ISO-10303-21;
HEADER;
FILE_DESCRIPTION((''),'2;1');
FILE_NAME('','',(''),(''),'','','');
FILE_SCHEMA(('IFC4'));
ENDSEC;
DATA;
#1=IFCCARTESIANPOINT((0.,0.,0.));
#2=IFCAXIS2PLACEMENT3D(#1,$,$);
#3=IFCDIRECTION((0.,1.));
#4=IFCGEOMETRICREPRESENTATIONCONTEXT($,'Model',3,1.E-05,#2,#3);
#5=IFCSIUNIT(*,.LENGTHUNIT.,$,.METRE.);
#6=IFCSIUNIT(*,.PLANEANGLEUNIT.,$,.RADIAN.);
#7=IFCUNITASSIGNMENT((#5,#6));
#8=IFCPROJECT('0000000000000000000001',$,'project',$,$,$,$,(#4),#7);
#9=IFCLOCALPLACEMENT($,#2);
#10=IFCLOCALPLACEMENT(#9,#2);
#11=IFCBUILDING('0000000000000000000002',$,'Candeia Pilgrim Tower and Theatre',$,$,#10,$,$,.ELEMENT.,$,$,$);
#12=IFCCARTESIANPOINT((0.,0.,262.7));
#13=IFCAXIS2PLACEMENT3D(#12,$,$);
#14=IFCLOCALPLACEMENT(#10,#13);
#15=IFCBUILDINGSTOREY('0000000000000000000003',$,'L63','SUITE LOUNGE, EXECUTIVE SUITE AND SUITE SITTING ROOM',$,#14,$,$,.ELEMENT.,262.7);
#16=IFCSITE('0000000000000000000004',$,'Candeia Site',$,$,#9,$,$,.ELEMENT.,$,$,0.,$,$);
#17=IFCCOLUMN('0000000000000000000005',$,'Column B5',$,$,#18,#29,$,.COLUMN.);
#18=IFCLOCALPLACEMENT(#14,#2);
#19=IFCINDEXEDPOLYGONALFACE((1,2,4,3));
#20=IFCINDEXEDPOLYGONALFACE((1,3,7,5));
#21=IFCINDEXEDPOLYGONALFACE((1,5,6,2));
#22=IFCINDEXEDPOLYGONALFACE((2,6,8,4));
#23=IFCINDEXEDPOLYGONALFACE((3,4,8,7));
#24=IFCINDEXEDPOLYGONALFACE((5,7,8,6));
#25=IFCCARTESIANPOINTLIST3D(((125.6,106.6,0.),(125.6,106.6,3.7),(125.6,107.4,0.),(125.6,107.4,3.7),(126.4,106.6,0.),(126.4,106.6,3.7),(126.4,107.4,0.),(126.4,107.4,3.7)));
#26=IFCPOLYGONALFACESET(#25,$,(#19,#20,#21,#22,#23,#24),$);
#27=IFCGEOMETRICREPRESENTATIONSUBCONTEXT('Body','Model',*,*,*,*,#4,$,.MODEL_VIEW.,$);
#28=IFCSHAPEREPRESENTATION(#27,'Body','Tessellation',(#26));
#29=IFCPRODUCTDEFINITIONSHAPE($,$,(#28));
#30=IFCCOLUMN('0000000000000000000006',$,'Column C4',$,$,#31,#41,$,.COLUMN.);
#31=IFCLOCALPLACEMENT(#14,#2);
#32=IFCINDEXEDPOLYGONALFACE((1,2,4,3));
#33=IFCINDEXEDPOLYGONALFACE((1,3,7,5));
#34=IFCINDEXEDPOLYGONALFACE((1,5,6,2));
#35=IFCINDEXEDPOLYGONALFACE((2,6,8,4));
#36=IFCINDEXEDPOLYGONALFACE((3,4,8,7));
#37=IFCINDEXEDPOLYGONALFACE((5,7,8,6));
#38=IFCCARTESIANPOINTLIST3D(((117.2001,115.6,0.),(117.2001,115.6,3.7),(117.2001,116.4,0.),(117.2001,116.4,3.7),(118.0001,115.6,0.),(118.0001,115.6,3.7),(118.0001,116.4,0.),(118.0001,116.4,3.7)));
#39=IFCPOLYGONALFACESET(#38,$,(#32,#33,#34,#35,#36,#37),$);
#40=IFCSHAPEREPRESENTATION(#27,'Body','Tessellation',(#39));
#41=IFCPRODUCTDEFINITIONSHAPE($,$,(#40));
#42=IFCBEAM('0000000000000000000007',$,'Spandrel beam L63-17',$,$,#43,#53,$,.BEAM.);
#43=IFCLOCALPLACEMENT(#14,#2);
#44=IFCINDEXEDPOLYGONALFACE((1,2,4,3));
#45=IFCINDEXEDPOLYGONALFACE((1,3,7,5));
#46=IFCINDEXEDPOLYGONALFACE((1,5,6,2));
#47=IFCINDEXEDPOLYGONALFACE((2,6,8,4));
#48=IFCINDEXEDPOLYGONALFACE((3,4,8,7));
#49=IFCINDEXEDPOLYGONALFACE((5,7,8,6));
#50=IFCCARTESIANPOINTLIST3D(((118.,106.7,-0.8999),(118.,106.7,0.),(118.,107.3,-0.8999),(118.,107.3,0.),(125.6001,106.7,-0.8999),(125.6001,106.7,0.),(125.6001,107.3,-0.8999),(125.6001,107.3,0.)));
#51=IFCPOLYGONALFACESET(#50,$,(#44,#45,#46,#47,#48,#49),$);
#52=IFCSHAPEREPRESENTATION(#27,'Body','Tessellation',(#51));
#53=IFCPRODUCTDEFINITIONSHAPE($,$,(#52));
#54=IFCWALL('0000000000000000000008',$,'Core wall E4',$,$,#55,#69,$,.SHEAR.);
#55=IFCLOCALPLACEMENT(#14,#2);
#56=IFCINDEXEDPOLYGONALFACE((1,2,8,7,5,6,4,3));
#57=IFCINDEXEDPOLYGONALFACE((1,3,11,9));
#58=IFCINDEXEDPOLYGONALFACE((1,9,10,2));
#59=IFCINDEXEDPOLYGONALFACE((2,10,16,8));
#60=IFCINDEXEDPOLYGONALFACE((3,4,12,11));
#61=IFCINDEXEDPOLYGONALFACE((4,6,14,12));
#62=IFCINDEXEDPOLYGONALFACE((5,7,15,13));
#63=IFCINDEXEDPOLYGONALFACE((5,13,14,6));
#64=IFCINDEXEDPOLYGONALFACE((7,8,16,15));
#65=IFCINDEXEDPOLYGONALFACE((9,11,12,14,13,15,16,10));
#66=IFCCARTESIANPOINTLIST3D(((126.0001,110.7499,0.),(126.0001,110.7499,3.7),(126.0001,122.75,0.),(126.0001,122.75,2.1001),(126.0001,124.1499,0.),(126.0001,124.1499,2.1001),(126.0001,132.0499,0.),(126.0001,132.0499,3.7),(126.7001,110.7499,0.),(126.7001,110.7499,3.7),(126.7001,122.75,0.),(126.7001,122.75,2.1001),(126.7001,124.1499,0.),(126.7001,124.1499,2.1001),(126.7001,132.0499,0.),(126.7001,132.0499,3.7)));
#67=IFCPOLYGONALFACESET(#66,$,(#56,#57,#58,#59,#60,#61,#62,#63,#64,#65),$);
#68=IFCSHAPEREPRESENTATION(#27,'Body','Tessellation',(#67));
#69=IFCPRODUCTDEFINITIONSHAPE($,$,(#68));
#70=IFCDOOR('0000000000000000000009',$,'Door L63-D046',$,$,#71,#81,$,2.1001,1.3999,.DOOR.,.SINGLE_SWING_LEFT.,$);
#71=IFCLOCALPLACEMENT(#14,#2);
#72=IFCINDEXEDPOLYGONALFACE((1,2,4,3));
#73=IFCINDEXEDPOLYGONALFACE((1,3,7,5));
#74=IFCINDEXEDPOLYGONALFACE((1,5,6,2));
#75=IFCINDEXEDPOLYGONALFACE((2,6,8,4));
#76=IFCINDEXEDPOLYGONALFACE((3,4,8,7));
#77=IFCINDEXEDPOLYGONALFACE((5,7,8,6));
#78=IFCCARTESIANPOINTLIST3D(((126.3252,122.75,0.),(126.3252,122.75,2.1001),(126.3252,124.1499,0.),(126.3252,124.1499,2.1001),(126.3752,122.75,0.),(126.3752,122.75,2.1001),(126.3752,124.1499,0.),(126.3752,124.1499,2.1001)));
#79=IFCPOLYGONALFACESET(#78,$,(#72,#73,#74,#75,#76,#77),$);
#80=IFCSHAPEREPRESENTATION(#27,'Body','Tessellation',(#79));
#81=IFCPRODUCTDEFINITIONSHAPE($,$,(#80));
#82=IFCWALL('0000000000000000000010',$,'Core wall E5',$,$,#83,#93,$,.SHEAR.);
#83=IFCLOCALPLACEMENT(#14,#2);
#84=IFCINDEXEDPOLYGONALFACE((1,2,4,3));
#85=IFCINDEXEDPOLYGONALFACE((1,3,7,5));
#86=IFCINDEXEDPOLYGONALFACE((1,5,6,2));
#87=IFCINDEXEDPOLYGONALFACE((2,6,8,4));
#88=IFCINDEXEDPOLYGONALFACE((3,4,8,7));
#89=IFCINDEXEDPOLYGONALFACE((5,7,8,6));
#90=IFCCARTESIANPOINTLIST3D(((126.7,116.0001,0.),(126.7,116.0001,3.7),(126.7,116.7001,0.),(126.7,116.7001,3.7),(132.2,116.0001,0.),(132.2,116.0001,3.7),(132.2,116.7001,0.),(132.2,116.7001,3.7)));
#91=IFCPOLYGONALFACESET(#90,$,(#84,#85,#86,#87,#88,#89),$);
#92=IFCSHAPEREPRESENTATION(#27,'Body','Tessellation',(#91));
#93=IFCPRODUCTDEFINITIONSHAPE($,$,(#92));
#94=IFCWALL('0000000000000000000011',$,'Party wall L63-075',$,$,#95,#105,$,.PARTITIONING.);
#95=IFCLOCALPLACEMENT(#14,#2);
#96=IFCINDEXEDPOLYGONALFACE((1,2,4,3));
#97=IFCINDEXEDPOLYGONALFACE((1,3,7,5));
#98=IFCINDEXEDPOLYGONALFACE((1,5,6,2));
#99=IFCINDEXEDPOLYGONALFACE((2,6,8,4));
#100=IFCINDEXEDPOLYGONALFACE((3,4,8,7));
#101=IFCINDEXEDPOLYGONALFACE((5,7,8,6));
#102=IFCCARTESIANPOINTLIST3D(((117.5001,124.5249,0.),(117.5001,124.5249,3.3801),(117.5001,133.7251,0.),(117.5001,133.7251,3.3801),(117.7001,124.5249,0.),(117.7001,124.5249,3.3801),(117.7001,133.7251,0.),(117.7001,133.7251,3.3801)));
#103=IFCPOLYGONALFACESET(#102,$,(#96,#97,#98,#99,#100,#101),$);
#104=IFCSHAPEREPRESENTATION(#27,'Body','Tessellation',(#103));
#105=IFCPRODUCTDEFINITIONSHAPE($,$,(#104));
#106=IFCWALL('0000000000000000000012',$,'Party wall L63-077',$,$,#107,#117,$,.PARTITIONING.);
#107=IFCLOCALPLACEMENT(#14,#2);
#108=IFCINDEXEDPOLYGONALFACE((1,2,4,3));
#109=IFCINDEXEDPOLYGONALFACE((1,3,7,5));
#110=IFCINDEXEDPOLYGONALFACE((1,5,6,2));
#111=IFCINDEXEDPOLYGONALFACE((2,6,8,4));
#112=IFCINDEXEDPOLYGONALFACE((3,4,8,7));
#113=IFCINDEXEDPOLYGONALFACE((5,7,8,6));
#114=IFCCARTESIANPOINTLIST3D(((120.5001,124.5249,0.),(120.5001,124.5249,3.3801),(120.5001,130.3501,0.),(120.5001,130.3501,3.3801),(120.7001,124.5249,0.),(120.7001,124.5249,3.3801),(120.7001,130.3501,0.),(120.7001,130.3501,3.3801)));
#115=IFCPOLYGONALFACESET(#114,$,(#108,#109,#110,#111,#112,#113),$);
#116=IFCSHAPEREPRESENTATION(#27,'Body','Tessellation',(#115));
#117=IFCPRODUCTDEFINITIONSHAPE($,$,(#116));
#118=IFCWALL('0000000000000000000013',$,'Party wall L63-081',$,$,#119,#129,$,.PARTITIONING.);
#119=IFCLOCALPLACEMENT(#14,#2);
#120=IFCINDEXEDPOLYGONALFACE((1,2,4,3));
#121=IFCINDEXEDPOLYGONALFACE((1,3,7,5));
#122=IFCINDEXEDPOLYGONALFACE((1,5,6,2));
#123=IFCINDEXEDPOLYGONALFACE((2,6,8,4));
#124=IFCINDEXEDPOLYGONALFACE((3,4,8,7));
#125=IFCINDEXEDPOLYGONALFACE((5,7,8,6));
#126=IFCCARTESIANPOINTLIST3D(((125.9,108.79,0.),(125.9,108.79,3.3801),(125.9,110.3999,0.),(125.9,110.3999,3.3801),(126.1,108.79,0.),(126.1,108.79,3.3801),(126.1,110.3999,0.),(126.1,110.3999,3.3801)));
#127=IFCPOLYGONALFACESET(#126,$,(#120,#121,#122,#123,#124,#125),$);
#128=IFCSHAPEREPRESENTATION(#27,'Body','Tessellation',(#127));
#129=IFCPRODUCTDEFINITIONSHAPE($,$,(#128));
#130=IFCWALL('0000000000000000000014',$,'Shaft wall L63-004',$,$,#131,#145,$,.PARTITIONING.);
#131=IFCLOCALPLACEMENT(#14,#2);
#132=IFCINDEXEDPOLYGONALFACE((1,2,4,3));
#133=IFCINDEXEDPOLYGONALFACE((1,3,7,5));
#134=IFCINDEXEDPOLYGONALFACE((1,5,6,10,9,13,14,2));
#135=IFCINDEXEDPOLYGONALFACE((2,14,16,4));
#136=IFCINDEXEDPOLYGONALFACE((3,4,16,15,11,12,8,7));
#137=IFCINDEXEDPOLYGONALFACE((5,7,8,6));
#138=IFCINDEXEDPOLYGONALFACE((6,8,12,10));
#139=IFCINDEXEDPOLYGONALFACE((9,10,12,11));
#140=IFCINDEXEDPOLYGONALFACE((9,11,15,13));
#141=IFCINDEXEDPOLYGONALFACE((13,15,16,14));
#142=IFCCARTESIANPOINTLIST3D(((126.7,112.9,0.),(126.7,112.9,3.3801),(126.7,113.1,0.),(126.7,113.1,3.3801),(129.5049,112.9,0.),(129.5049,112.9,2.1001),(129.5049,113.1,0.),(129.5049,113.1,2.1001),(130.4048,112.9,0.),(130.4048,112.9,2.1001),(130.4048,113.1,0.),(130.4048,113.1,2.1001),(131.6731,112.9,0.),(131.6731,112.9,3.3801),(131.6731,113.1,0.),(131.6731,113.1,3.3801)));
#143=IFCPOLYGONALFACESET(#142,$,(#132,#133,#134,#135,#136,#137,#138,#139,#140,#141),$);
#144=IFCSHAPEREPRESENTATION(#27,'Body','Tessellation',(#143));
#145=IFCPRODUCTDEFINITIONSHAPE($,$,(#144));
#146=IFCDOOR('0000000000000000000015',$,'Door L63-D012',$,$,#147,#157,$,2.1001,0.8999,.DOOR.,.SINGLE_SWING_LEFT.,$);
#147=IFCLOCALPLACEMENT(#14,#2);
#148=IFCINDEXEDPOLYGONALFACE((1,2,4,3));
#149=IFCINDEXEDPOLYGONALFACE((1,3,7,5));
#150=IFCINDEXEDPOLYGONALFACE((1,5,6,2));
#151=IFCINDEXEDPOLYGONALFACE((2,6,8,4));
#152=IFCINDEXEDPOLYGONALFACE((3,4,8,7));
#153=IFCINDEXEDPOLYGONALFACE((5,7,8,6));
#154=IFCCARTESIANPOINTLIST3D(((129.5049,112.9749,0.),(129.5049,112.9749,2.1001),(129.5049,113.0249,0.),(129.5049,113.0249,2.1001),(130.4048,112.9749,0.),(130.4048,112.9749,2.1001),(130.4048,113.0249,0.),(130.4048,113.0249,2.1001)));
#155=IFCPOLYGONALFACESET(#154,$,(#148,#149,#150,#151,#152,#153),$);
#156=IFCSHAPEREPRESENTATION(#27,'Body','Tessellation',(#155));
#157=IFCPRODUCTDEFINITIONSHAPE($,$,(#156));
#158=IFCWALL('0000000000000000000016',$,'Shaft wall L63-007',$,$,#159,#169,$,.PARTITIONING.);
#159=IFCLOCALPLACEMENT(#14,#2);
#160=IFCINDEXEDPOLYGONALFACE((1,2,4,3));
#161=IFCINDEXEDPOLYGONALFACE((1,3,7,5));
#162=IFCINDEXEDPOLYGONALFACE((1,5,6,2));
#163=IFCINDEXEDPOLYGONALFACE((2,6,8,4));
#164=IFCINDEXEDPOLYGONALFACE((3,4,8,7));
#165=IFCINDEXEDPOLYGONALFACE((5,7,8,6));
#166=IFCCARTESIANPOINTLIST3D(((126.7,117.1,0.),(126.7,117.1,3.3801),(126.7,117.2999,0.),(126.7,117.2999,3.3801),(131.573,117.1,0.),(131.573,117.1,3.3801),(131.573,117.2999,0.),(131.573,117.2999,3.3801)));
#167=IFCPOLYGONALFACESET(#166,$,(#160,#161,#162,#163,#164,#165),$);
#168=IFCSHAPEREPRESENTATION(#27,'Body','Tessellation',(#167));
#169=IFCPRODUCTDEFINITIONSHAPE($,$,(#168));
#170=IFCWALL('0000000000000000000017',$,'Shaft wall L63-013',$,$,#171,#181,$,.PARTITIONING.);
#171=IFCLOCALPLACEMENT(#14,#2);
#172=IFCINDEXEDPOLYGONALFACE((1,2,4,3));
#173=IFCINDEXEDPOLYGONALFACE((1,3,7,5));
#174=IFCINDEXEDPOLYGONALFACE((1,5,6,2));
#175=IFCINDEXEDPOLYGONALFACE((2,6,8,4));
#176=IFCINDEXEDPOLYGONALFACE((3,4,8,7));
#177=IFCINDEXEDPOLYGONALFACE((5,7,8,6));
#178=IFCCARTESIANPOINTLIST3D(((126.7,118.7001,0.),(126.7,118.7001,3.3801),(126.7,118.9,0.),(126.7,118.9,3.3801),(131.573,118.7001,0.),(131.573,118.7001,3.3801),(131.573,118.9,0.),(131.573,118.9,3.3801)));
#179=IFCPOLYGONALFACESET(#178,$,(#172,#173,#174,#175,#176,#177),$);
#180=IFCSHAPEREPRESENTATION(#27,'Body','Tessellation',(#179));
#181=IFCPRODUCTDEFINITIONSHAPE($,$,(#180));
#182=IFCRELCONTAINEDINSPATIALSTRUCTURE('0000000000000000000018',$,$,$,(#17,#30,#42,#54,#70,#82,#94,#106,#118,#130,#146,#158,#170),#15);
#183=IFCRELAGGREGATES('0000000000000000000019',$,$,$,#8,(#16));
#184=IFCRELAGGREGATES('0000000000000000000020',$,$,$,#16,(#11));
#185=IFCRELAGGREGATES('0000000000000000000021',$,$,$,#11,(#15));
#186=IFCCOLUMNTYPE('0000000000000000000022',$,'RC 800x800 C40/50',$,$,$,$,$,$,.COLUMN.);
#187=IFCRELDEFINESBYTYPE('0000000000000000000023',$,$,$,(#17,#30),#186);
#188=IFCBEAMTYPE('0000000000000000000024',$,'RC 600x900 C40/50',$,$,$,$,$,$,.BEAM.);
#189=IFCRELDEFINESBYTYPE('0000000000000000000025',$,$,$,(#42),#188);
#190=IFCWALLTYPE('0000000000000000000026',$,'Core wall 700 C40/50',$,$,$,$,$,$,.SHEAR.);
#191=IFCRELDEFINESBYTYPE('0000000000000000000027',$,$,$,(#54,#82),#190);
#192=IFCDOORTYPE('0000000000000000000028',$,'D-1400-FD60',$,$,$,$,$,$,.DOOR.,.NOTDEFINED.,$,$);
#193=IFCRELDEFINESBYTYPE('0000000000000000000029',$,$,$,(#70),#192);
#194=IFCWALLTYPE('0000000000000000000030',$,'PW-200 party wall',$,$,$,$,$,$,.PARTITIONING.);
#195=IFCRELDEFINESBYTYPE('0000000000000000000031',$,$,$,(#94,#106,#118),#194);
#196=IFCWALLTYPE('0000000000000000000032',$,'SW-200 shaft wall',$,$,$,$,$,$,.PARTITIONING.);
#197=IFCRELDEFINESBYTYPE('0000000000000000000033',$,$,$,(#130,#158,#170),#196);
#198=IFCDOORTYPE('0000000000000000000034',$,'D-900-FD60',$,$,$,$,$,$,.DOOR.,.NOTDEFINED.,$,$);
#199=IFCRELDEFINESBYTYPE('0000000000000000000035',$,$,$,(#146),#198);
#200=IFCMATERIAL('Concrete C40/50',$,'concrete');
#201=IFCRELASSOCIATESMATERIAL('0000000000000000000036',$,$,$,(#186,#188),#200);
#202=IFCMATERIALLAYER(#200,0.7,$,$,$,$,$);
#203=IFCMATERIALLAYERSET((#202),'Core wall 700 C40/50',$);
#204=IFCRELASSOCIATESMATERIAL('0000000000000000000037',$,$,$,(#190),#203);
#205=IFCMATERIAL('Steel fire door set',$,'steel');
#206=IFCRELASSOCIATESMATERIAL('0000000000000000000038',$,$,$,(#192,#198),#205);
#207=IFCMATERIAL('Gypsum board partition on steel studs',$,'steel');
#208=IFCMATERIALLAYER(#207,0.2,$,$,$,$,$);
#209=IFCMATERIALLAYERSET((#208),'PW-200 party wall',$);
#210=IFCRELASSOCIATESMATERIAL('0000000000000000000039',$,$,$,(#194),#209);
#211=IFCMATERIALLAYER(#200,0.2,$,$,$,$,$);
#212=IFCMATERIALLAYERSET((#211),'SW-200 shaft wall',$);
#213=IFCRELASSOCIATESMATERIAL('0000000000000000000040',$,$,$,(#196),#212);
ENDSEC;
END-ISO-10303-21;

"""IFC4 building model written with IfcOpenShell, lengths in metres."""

from ifc_helpers import new_model, si_unit, direction, frame, frame_2d, origin, origin_2d, place, context, subcontext, project, spatial, rectangle, extrude, material, layer, layer_set, material_profile, profile_set, type_object, element, fill, save


model = new_model("IFC4")

# Units and contexts
model_context = context("Model", 3, precision=1e-05, world=origin(), true_north=direction((0.0, 1.0)))
body_context = subcontext(model_context, "Body", "Model", "MODEL_VIEW")
ifc_project = project(units=[si_unit("LENGTHUNIT", "METRE"), si_unit("PLANEANGLEUNIT", "RADIAN")], contexts=[model_context])

# Site, building, storey
site_placement = place(None, origin())
site = spatial("IfcSite", under=ifc_project, at=site_placement, Name="Candeia Site", CompositionType="ELEMENT", RefElevation=0.0)
building_placement = place(site_placement, origin())
building = spatial("IfcBuilding", under=site, at=building_placement, Name="Candeia Pilgrim Tower and Theatre", CompositionType="ELEMENT")
storey_placement = place(building_placement, frame((0.0, 0.0, 262.7)))
storey = spatial("IfcBuildingStorey", under=building, at=storey_placement, Name="L63", Description="SUITE LOUNGE, EXECUTIVE SUITE AND SUITE SITTING ROOM", CompositionType="ELEMENT", Elevation=262.7)

# Columns
ifc_material_1 = material(Name="Concrete C40/50", Category="concrete")
ifc_material_profile_1 = material_profile(ifc_material_1, rectangle(XDim=0.8, YDim=0.8, at=origin_2d()))
ifc_profile_set_1 = profile_set([ifc_material_profile_1], Name="Concrete C40/50")
column_type = type_object("IfcColumnType", Name="RC 800x800 C40/50", PredefinedType="COLUMN", material=ifc_profile_set_1)
for number, where, z_axis, x_axis, name in (
    (1, (126.0, 107.0, 0.0), (0.0, 0.0, 1.0), (1.0, 0.0, 0.0), "Column B5"),
    (2, (117.6001, 116.0, 0.0), (0.0, 0.0, 1.0), (1.0, 0.0, 0.0), "Column C4"),
):
    element("IfcColumn", number, at=place(storey_placement, frame(where, z_axis=z_axis, x_axis=x_axis)), inside=storey, type_object=column_type, Name=name, PredefinedType="COLUMN", context=body_context, shape_type="SweptSolid", body=[
        extrude(rectangle(XDim=0.8, YDim=0.8, at=origin_2d()), origin(), (0.0, 0.0, 1.0), 3.7),
    ])

# Beam
ifc_material_profile_2 = material_profile(ifc_material_1, rectangle(XDim=0.6001, YDim=0.8999, at=origin_2d()))
ifc_profile_set_2 = profile_set([ifc_material_profile_2], Name="Concrete C40/50")
beam_type = type_object("IfcBeamType", Name="RC 600x900 C40/50", PredefinedType="BEAM", material=ifc_profile_set_2)
beam_placement = place(storey_placement, frame((125.6001, 107.0, -0.45), z_axis=(-1.0, 0.0, 0.0), x_axis=(0.0, -1.0, 0.0)))
element("IfcBeam", 3, at=beam_placement, inside=storey, type_object=beam_type, Name="Spandrel beam L63-17", PredefinedType="BEAM", context=body_context, shape_type="SweptSolid", body=[
    extrude(rectangle(XDim=0.6001, YDim=0.8999, at=origin_2d()), origin(), (0.0, 0.0, 1.0), 7.6001),
])

# Wall, opening, door
ifc_layer_1 = layer(ifc_material_1, 0.7)
ifc_layer_set_1 = layer_set([ifc_layer_1], Name="Core wall 700 C40/50")
wall_type_1 = type_object("IfcWallType", Name="Core wall 700 C40/50", PredefinedType="SHEAR", material=ifc_layer_set_1)
wall_1_placement = place(storey_placement, frame((126.3501, 110.75, 0.0), z_axis=(0.0, 0.0, 1.0), x_axis=(0.0, 1.0, 0.0)))
wall_1 = element("IfcWall", 4, at=wall_1_placement, inside=storey, type_object=wall_type_1, Name="Core wall E4", PredefinedType="SHEAR", context=body_context, shape_type="SweptSolid", body=[
    extrude(rectangle(XDim=21.3, YDim=0.7, at=frame_2d((10.6499, 0.0))), origin(), (0.0, 0.0, 1.0), 3.7),
])
opening_1_placement = place(wall_1_placement, frame((12.0, 0.0, 0.0)))
opening_1 = element("IfcOpeningElement", 5, at=opening_1_placement, cuts=wall_1, PredefinedType="OPENING", context=body_context, shape_type="SweptSolid", body=[
    extrude(rectangle(XDim=1.3999, YDim=2.1001, at=frame_2d((0.7, 1.05))), frame((0.0, 0.3599, 0.0), z_axis=(0.0, -1.0, 0.0), x_axis=(1.0, 0.0, 0.0)), (0.0, 0.0, 1.0), 0.72),
])
ifc_material_2 = material(Name="Steel fire door set", Category="steel")
door_type_1 = type_object("IfcDoorType", Name="D-1400-FD60", OperationType="NOTDEFINED", PredefinedType="DOOR", material=ifc_material_2)
door_1_placement = place(opening_1_placement, origin())
door_1 = element("IfcDoor", 6, at=door_1_placement, inside=storey, type_object=door_type_1, Name="Door L63-D046", OperationType="SINGLE_SWING_LEFT", OverallHeight=2.1001, OverallWidth=1.3999, PredefinedType="DOOR", context=body_context, shape_type="SweptSolid", body=[
    extrude(rectangle(XDim=1.3999, YDim=2.1001, at=frame_2d((0.7, 1.05))), frame((0.0, 0.0249, 0.0), z_axis=(0.0, -1.0, 0.0), x_axis=(1.0, 0.0, 0.0)), (0.0, 0.0, 1.0), 0.05),
])
fill(opening_1, door_1)

# Walls
wall_2_placement = place(storey_placement, frame((126.7, 116.3501, 0.0), z_axis=(0.0, 0.0, 1.0), x_axis=(1.0, 0.0, 0.0)))
element("IfcWall", 7, at=wall_2_placement, inside=storey, type_object=wall_type_1, Name="Core wall E5", PredefinedType="SHEAR", context=body_context, shape_type="SweptSolid", body=[
    extrude(rectangle(XDim=5.5, YDim=0.7, at=frame_2d((2.75, 0.0))), origin(), (0.0, 0.0, 1.0), 3.7),
])
ifc_material_3 = material(Name="Gypsum board partition on steel studs", Category="steel")
ifc_layer_2 = layer(ifc_material_3, 0.2)
ifc_layer_set_2 = layer_set([ifc_layer_2], Name="PW-200 party wall")
wall_type_2 = type_object("IfcWallType", Name="PW-200 party wall", PredefinedType="PARTITIONING", material=ifc_layer_set_2)
wall_3_placement = place(storey_placement, frame((117.6001, 124.5249, 0.0), z_axis=(0.0, 0.0, 1.0), x_axis=(0.0, 1.0, 0.0)))
element("IfcWall", 8, at=wall_3_placement, inside=storey, type_object=wall_type_2, Name="Party wall L63-075", PredefinedType="PARTITIONING", context=body_context, shape_type="SweptSolid", body=[
    extrude(rectangle(XDim=9.2002, YDim=0.2, at=frame_2d((4.6001, 0.0))), origin(), (0.0, 0.0, 1.0), 3.3801),
])
wall_4_placement = place(storey_placement, frame((120.6001, 124.5249, 0.0), z_axis=(0.0, 0.0, 1.0), x_axis=(0.0, 1.0, 0.0)))
element("IfcWall", 9, at=wall_4_placement, inside=storey, type_object=wall_type_2, Name="Party wall L63-077", PredefinedType="PARTITIONING", context=body_context, shape_type="SweptSolid", body=[
    extrude(rectangle(XDim=5.8252, YDim=0.2, at=frame_2d((2.9126, 0.0))), origin(), (0.0, 0.0, 1.0), 3.3801),
])
wall_5_placement = place(storey_placement, frame((126.0, 108.79, 0.0), z_axis=(0.0, 0.0, 1.0), x_axis=(0.0, 1.0, 0.0)))
element("IfcWall", 10, at=wall_5_placement, inside=storey, type_object=wall_type_2, Name="Party wall L63-081", PredefinedType="PARTITIONING", context=body_context, shape_type="SweptSolid", body=[
    extrude(rectangle(XDim=1.6099, YDim=0.2, at=frame_2d((0.8049, 0.0))), origin(), (0.0, 0.0, 1.0), 3.3801),
])

# Wall, opening, door
ifc_layer_3 = layer(ifc_material_1, 0.2)
ifc_layer_set_3 = layer_set([ifc_layer_3], Name="SW-200 shaft wall")
wall_type_3 = type_object("IfcWallType", Name="SW-200 shaft wall", PredefinedType="PARTITIONING", material=ifc_layer_set_3)
wall_6_placement = place(storey_placement, frame((126.7, 113.0, 0.0), z_axis=(0.0, 0.0, 1.0), x_axis=(1.0, 0.0, 0.0)))
wall_6 = element("IfcWall", 11, at=wall_6_placement, inside=storey, type_object=wall_type_3, Name="Shaft wall L63-004", PredefinedType="PARTITIONING", context=body_context, shape_type="SweptSolid", body=[
    extrude(rectangle(XDim=4.9731, YDim=0.2, at=frame_2d((2.4866, 0.0))), origin(), (0.0, 0.0, 1.0), 3.3801),
])
opening_2_placement = place(wall_6_placement, frame((2.8049, 0.0, 0.0)))
opening_2 = element("IfcOpeningElement", 12, at=opening_2_placement, cuts=wall_6, PredefinedType="OPENING", context=body_context, shape_type="SweptSolid", body=[
    extrude(rectangle(XDim=0.8999, YDim=2.1001, at=frame_2d((0.45, 1.05))), frame((0.0, 0.1099, 0.0), z_axis=(0.0, -1.0, 0.0), x_axis=(1.0, 0.0, 0.0)), (0.0, 0.0, 1.0), 0.22),
])
door_type_2 = type_object("IfcDoorType", Name="D-900-FD60", OperationType="NOTDEFINED", PredefinedType="DOOR", material=ifc_material_2)
door_2_placement = place(opening_2_placement, origin())
door_2 = element("IfcDoor", 13, at=door_2_placement, inside=storey, type_object=door_type_2, Name="Door L63-D012", OperationType="SINGLE_SWING_LEFT", OverallHeight=2.1001, OverallWidth=0.8999, PredefinedType="DOOR", context=body_context, shape_type="SweptSolid", body=[
    extrude(rectangle(XDim=0.8999, YDim=2.1001, at=frame_2d((0.45, 1.05))), frame((0.0, 0.0249, 0.0), z_axis=(0.0, -1.0, 0.0), x_axis=(1.0, 0.0, 0.0)), (0.0, 0.0, 1.0), 0.05),
])
fill(opening_2, door_2)

# Walls
for number, where, z_axis, x_axis, name in (
    (14, (126.7, 117.2, 0.0), (0.0, 0.0, 1.0), (1.0, 0.0, 0.0), "Shaft wall L63-007"),
    (15, (126.7, 118.8, 0.0), (0.0, 0.0, 1.0), (1.0, 0.0, 0.0), "Shaft wall L63-013"),
):
    element("IfcWall", number, at=place(storey_placement, frame(where, z_axis=z_axis, x_axis=x_axis)), inside=storey, type_object=wall_type_3, Name=name, PredefinedType="PARTITIONING", context=body_context, shape_type="SweptSolid", body=[
        extrude(rectangle(XDim=4.873, YDim=0.2, at=frame_2d((2.4365, 0.0))), origin(), (0.0, 0.0, 1.0), 3.3801),
    ])

save(model, "model.ifc")
